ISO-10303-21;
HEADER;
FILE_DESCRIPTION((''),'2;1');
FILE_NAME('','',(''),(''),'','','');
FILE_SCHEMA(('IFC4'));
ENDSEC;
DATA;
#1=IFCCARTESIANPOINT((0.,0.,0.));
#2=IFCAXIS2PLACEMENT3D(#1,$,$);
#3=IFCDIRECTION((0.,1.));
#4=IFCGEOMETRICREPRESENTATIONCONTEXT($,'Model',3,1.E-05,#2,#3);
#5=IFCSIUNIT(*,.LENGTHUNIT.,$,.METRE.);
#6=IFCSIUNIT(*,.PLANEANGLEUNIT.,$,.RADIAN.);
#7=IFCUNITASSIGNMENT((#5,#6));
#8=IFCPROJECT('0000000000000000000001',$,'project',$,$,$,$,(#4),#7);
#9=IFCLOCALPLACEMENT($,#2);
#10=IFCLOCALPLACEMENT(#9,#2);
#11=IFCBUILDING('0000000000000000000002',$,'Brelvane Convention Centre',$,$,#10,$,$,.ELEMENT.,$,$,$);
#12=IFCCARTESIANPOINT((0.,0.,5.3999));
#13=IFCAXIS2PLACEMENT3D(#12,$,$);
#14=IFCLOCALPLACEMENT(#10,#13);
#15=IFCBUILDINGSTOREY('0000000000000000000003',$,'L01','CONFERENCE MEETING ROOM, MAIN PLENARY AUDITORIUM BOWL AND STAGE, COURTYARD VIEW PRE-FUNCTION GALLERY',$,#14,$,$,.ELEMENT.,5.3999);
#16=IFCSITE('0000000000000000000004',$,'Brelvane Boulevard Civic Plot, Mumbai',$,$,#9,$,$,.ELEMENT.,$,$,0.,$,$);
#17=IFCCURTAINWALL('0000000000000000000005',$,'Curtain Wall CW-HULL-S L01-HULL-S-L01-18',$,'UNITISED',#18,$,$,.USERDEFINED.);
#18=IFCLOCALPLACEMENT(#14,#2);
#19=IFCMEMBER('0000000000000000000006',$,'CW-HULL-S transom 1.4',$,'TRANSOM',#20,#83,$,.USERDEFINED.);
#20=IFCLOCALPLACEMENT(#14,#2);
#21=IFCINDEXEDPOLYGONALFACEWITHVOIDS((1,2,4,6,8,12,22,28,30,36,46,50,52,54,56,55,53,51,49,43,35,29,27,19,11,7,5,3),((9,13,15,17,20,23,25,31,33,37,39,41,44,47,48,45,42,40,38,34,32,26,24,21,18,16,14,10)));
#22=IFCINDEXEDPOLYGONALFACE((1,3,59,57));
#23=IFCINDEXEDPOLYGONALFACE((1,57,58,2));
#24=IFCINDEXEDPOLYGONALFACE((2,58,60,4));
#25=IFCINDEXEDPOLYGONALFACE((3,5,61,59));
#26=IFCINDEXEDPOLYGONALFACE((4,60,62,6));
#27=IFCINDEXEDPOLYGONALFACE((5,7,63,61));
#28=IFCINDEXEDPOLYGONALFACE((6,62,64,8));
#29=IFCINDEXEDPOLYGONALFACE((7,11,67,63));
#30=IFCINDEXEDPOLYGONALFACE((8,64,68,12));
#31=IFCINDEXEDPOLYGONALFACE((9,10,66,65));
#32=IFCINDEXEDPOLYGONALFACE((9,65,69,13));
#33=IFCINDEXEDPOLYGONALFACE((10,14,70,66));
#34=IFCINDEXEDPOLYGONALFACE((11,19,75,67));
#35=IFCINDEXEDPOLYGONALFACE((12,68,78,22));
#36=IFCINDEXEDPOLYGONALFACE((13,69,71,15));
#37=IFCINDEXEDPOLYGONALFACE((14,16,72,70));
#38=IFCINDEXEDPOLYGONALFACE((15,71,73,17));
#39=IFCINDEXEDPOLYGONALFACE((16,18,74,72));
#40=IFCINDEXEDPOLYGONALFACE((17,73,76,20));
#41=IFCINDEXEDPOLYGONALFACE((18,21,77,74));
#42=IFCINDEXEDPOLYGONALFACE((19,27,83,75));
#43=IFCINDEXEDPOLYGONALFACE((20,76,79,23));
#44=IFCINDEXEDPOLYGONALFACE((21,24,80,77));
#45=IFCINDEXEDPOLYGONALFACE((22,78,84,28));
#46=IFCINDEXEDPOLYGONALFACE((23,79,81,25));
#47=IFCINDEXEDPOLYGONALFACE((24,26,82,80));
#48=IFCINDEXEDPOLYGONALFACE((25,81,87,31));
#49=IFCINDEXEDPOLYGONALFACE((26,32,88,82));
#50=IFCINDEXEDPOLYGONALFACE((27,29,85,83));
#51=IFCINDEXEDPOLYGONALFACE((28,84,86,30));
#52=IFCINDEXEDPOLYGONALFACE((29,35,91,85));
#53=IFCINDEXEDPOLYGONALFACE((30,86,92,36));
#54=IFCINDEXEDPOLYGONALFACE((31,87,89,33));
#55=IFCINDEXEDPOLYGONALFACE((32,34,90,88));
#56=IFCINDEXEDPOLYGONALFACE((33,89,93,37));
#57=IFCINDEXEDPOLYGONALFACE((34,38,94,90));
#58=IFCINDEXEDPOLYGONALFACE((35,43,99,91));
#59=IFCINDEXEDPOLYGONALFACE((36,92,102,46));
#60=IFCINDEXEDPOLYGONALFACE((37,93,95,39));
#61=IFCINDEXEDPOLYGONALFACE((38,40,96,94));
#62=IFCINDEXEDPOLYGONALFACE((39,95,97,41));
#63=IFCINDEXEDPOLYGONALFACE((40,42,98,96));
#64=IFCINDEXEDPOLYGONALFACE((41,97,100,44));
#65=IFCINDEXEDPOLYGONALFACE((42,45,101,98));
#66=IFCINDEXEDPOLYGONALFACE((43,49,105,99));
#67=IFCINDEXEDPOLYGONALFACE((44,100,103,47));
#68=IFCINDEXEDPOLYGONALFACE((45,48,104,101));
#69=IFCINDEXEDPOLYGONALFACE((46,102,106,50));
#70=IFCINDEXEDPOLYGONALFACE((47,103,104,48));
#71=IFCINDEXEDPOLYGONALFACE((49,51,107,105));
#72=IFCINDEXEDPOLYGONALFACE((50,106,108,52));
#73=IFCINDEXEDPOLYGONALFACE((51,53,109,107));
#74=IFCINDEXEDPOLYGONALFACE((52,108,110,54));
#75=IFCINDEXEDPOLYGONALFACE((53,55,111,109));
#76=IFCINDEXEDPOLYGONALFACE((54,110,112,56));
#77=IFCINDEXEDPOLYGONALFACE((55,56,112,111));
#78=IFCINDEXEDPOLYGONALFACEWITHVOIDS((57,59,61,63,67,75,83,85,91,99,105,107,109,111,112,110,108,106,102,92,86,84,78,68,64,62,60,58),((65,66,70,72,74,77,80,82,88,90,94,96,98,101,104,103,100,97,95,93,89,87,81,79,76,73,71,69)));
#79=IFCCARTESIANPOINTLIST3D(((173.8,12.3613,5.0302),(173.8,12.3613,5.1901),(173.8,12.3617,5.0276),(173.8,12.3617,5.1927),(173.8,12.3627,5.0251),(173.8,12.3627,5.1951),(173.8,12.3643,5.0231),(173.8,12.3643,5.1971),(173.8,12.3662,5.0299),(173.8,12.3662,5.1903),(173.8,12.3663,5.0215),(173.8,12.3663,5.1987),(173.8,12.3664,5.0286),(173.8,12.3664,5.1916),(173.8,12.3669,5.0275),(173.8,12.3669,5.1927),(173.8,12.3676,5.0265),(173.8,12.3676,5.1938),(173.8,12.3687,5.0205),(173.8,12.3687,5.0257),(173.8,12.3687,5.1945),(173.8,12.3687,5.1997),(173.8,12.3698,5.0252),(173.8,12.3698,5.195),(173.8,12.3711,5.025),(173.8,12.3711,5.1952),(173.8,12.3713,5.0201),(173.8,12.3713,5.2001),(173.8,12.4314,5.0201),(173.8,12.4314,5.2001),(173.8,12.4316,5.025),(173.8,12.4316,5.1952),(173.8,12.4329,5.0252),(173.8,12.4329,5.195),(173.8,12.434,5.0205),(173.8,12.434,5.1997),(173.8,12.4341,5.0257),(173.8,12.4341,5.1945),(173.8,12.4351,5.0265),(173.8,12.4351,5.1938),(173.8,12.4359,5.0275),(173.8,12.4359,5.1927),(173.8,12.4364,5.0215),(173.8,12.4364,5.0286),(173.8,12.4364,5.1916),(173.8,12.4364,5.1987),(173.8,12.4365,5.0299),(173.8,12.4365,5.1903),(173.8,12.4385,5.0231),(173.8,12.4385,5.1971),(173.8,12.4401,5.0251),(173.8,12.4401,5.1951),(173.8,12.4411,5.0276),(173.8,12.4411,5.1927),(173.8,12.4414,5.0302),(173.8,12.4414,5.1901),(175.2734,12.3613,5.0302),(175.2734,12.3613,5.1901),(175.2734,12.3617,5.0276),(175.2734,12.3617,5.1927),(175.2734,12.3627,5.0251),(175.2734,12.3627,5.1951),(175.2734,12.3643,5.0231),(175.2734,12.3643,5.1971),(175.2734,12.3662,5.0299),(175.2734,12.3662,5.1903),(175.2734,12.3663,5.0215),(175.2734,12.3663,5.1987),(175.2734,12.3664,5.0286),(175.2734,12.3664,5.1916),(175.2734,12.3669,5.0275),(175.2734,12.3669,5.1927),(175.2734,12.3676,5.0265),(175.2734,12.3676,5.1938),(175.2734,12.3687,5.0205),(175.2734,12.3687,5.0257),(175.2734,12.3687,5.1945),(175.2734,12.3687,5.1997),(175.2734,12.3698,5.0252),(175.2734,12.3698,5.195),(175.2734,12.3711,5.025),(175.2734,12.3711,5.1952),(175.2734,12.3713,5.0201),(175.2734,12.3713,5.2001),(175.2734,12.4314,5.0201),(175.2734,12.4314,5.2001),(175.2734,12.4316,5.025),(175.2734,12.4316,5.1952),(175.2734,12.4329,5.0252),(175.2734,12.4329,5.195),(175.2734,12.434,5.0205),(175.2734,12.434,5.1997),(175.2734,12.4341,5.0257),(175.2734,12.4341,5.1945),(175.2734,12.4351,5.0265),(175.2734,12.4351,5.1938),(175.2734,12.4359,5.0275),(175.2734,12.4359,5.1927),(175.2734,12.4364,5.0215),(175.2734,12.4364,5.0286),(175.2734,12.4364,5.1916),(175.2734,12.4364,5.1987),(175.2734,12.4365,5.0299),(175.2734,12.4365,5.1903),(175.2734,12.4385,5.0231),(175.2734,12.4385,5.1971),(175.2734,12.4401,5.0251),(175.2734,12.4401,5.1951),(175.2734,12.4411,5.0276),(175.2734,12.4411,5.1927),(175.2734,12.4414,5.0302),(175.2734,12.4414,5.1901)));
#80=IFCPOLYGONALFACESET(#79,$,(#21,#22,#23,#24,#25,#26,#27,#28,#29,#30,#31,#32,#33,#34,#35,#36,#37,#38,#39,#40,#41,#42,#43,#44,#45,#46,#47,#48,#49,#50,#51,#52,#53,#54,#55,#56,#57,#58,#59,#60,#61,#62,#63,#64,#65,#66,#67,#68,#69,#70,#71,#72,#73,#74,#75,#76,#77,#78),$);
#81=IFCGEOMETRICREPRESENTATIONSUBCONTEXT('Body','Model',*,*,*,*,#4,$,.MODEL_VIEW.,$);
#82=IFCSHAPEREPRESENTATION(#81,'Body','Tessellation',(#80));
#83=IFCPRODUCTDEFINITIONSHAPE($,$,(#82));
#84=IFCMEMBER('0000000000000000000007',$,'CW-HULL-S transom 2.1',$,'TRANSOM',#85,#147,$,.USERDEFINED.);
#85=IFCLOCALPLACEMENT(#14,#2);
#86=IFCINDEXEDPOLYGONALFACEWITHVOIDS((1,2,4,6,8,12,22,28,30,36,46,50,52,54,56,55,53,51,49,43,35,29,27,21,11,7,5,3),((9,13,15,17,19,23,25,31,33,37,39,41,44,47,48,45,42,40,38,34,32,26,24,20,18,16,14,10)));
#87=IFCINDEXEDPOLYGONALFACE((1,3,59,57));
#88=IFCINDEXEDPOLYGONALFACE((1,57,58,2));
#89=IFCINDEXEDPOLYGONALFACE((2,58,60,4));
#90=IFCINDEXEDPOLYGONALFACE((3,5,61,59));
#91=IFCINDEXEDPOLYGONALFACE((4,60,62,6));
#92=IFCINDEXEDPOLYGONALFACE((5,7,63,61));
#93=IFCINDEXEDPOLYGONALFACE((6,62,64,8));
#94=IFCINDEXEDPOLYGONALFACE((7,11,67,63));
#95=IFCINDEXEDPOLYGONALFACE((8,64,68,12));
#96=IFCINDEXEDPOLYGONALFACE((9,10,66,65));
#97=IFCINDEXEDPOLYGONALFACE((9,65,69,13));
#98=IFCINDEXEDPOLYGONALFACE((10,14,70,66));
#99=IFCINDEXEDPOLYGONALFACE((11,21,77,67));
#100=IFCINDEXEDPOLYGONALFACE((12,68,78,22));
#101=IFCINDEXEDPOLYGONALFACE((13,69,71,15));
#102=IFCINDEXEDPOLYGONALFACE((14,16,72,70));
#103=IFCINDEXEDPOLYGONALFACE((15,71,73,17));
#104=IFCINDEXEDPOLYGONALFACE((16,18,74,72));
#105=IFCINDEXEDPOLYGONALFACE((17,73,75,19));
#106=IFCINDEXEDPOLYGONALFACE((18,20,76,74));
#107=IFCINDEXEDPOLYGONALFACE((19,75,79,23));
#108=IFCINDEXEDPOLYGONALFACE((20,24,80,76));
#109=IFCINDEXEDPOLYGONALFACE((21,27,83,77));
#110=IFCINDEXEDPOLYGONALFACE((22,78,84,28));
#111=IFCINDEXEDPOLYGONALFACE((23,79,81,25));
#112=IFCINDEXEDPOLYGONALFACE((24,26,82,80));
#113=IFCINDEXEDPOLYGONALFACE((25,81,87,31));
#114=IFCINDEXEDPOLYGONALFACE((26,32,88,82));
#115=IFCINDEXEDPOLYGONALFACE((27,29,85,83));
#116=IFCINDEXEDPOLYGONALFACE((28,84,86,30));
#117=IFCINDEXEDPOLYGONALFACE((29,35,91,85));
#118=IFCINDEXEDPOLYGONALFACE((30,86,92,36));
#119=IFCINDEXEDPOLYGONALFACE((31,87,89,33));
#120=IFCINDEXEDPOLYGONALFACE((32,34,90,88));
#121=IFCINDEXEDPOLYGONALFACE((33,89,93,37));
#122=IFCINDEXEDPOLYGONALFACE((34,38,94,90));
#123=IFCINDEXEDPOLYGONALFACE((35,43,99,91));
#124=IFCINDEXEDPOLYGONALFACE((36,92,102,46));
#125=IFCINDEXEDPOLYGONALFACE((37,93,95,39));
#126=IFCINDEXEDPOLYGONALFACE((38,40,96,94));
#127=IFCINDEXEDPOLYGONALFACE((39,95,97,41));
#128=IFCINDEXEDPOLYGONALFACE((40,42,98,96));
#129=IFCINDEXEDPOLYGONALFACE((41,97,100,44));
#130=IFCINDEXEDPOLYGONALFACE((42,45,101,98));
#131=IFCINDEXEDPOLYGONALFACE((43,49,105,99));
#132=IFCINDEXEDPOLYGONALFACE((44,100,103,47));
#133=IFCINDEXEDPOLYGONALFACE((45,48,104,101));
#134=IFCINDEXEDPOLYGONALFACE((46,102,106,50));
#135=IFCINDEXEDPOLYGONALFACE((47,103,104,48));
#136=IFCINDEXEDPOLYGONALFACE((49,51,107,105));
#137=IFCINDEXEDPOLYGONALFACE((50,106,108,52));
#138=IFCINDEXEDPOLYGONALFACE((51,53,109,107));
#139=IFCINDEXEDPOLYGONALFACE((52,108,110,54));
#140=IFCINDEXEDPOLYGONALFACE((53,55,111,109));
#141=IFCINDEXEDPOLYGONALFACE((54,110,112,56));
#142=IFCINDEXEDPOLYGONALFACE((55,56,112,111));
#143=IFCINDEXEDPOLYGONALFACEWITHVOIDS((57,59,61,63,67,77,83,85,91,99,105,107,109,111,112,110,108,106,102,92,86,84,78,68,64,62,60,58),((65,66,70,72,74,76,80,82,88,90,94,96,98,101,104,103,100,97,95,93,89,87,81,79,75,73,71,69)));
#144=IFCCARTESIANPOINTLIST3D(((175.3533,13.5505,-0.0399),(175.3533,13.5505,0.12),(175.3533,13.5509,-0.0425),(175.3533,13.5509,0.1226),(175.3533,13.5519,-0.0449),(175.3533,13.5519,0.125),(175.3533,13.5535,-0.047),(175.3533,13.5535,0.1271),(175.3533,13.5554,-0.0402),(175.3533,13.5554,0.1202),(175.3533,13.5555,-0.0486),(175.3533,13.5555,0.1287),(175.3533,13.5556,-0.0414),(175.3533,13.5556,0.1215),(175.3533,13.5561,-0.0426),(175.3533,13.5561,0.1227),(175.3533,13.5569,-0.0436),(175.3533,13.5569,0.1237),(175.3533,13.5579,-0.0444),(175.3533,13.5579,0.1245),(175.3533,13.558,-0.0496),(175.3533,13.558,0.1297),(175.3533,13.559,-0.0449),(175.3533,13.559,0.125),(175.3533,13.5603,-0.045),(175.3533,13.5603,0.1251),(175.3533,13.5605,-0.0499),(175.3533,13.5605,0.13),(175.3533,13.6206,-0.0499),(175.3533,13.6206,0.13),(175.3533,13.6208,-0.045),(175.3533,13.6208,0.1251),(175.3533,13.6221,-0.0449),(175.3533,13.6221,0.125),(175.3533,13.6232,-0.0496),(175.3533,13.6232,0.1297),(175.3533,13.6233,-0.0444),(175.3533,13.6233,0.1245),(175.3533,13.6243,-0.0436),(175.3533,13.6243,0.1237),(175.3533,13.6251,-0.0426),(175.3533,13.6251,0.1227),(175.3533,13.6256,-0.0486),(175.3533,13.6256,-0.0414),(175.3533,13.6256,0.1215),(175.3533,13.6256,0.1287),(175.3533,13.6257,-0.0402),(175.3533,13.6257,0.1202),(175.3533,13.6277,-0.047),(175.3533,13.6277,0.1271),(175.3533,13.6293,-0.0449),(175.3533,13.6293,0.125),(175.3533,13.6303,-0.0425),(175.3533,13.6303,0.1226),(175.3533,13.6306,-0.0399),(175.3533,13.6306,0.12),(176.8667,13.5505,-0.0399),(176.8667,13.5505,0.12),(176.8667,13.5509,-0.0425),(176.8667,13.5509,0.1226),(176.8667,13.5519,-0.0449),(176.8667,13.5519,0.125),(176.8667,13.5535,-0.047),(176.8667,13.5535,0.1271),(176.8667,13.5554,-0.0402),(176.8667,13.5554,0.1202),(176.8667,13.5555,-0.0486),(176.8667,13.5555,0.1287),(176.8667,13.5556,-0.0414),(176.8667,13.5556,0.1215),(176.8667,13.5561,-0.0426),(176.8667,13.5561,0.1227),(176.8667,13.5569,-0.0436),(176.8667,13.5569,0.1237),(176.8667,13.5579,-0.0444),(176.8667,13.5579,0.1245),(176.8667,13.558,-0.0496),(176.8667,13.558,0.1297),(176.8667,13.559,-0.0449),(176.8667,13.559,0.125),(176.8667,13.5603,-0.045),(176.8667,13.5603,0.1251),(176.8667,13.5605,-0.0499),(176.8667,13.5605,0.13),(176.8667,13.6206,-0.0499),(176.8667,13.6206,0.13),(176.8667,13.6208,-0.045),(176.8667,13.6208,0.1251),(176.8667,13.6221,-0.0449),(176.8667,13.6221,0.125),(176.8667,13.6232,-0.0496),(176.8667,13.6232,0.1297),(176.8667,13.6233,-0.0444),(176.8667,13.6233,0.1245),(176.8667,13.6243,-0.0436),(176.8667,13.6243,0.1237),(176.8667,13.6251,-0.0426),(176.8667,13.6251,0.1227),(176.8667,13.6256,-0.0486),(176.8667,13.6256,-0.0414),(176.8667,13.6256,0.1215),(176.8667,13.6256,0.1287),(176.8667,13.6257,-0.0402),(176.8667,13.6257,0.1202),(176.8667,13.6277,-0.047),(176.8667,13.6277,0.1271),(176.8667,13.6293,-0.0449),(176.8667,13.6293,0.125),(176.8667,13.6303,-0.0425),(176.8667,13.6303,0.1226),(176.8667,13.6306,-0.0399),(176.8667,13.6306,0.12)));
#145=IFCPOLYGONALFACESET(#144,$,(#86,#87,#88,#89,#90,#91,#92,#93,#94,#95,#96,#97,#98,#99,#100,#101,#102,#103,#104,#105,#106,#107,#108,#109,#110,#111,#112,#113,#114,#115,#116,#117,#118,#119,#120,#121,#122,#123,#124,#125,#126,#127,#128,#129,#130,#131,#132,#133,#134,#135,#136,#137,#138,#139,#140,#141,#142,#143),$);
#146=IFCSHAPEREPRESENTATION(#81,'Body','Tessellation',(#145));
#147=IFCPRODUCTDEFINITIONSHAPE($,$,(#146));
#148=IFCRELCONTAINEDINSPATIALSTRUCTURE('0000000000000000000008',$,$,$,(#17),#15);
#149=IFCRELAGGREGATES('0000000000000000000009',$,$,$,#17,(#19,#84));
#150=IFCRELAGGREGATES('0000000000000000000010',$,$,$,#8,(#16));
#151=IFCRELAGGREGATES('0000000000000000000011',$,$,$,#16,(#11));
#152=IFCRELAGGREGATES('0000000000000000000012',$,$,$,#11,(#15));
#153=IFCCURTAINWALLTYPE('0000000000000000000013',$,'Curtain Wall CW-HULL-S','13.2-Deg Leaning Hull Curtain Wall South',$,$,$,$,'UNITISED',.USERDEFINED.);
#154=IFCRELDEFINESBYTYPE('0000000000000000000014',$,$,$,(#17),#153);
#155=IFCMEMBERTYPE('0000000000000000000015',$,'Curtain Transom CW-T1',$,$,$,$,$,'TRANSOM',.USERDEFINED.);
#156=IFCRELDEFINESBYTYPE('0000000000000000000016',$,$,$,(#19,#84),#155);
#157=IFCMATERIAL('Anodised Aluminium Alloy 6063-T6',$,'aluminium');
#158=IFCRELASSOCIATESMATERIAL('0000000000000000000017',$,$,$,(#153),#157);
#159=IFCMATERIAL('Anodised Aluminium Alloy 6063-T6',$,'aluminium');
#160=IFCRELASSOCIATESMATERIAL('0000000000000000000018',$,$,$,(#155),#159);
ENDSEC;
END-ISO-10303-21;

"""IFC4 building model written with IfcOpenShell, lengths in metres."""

from ifc_helpers import new_model, si_unit, direction, frame, origin, origin_2d, place, context, subcontext, project, spatial, hollow_rectangle, extrude, material, material_profile, profile_set, type_object, element, aggregate, save


model = new_model("IFC4")

# Units and contexts
model_context = context("Model", 3, precision=1e-05, world=origin(), true_north=direction((0.0, 1.0)))
body_context = subcontext(model_context, "Body", "Model", "MODEL_VIEW")
ifc_project = project(units=[si_unit("LENGTHUNIT", "METRE"), si_unit("PLANEANGLEUNIT", "RADIAN")], contexts=[model_context])

# Site, building, storey
site_placement = place(None, origin())
site = spatial("IfcSite", under=ifc_project, at=site_placement, Name="Brelvane Boulevard Civic Plot, Mumbai", CompositionType="ELEMENT", RefElevation=0.0)
building_placement = place(site_placement, origin())
building = spatial("IfcBuilding", under=site, at=building_placement, Name="Brelvane Convention Centre", CompositionType="ELEMENT")
storey_placement = place(building_placement, frame((0.0, 0.0, 5.3999)))
storey = spatial("IfcBuildingStorey", under=building, at=storey_placement, Name="L01", Description="CONFERENCE MEETING ROOM, MAIN PLENARY AUDITORIUM BOWL AND STAGE, COURTYARD VIEW PRE-FUNCTION GALLERY", CompositionType="ELEMENT", Elevation=5.3999)

# Curtain wall, members
ifc_material_1 = material(Name="Anodised Aluminium Alloy 6063-T6", Category="aluminium")
curtain_wall_type = type_object("IfcCurtainWallType", Name="Curtain Wall CW-HULL-S", Description="13.2-Deg Leaning Hull Curtain Wall South", ElementType="UNITISED", PredefinedType="USERDEFINED", material=ifc_material_1)
ifc_material_2 = material(Name="Anodised Aluminium Alloy 6063-T6", Category="aluminium")
ifc_material_profile = material_profile(ifc_material_2, hollow_rectangle(XDim=0.0801, YDim=0.1799, WallThickness=0.0049, InnerFilletRadius=0.0049, OuterFilletRadius=0.01, at=origin_2d()), Name="ALU-T 180x80x5.0")
ifc_profile_set = profile_set([ifc_material_profile], Name="Anodised Aluminium Alloy 6063-T6")
member_type = type_object("IfcMemberType", Name="Curtain Transom CW-T1", ElementType="TRANSOM", PredefinedType="USERDEFINED", material=ifc_profile_set)
curtain_wall_1_placement = place(storey_placement, origin())
curtain_wall_1 = element("IfcCurtainWall", 1, at=curtain_wall_1_placement, inside=storey, type_object=curtain_wall_type, Name="Curtain Wall CW-HULL-S L01-HULL-S-L01-18", ObjectType="UNITISED", PredefinedType="USERDEFINED")
member_1_placement = place(storey_placement, frame((173.8, 12.4014, 5.1101), z_axis=(1.0, 0.0, 0.0), x_axis=(0.0, 1.0, 0.0)))
member_1 = element("IfcMember", 2, at=member_1_placement, type_object=member_type, Name="CW-HULL-S transom 1.4", ObjectType="TRANSOM", PredefinedType="USERDEFINED", context=body_context, shape_type="SweptSolid", body=[
    extrude(hollow_rectangle(XDim=0.0801, YDim=0.1799, WallThickness=0.0049, InnerFilletRadius=0.0049, OuterFilletRadius=0.01, at=origin_2d()), origin(), (0.0, 0.0, 1.0), 1.4734),
])
member_2_placement = place(storey_placement, frame((175.3533, 13.5906, 0.04), z_axis=(1.0, 0.0, 0.0), x_axis=(0.0, 1.0, 0.0)))
member_2 = element("IfcMember", 3, at=member_2_placement, type_object=member_type, Name="CW-HULL-S transom 2.1", ObjectType="TRANSOM", PredefinedType="USERDEFINED", context=body_context, shape_type="SweptSolid", body=[
    extrude(hollow_rectangle(XDim=0.0801, YDim=0.1799, WallThickness=0.0049, InnerFilletRadius=0.0049, OuterFilletRadius=0.01, at=origin_2d()), origin(), (0.0, 0.0, 1.0), 1.5134),
])

aggregate(curtain_wall_1, [member_1, member_2])

save(model, "model.ifc")
